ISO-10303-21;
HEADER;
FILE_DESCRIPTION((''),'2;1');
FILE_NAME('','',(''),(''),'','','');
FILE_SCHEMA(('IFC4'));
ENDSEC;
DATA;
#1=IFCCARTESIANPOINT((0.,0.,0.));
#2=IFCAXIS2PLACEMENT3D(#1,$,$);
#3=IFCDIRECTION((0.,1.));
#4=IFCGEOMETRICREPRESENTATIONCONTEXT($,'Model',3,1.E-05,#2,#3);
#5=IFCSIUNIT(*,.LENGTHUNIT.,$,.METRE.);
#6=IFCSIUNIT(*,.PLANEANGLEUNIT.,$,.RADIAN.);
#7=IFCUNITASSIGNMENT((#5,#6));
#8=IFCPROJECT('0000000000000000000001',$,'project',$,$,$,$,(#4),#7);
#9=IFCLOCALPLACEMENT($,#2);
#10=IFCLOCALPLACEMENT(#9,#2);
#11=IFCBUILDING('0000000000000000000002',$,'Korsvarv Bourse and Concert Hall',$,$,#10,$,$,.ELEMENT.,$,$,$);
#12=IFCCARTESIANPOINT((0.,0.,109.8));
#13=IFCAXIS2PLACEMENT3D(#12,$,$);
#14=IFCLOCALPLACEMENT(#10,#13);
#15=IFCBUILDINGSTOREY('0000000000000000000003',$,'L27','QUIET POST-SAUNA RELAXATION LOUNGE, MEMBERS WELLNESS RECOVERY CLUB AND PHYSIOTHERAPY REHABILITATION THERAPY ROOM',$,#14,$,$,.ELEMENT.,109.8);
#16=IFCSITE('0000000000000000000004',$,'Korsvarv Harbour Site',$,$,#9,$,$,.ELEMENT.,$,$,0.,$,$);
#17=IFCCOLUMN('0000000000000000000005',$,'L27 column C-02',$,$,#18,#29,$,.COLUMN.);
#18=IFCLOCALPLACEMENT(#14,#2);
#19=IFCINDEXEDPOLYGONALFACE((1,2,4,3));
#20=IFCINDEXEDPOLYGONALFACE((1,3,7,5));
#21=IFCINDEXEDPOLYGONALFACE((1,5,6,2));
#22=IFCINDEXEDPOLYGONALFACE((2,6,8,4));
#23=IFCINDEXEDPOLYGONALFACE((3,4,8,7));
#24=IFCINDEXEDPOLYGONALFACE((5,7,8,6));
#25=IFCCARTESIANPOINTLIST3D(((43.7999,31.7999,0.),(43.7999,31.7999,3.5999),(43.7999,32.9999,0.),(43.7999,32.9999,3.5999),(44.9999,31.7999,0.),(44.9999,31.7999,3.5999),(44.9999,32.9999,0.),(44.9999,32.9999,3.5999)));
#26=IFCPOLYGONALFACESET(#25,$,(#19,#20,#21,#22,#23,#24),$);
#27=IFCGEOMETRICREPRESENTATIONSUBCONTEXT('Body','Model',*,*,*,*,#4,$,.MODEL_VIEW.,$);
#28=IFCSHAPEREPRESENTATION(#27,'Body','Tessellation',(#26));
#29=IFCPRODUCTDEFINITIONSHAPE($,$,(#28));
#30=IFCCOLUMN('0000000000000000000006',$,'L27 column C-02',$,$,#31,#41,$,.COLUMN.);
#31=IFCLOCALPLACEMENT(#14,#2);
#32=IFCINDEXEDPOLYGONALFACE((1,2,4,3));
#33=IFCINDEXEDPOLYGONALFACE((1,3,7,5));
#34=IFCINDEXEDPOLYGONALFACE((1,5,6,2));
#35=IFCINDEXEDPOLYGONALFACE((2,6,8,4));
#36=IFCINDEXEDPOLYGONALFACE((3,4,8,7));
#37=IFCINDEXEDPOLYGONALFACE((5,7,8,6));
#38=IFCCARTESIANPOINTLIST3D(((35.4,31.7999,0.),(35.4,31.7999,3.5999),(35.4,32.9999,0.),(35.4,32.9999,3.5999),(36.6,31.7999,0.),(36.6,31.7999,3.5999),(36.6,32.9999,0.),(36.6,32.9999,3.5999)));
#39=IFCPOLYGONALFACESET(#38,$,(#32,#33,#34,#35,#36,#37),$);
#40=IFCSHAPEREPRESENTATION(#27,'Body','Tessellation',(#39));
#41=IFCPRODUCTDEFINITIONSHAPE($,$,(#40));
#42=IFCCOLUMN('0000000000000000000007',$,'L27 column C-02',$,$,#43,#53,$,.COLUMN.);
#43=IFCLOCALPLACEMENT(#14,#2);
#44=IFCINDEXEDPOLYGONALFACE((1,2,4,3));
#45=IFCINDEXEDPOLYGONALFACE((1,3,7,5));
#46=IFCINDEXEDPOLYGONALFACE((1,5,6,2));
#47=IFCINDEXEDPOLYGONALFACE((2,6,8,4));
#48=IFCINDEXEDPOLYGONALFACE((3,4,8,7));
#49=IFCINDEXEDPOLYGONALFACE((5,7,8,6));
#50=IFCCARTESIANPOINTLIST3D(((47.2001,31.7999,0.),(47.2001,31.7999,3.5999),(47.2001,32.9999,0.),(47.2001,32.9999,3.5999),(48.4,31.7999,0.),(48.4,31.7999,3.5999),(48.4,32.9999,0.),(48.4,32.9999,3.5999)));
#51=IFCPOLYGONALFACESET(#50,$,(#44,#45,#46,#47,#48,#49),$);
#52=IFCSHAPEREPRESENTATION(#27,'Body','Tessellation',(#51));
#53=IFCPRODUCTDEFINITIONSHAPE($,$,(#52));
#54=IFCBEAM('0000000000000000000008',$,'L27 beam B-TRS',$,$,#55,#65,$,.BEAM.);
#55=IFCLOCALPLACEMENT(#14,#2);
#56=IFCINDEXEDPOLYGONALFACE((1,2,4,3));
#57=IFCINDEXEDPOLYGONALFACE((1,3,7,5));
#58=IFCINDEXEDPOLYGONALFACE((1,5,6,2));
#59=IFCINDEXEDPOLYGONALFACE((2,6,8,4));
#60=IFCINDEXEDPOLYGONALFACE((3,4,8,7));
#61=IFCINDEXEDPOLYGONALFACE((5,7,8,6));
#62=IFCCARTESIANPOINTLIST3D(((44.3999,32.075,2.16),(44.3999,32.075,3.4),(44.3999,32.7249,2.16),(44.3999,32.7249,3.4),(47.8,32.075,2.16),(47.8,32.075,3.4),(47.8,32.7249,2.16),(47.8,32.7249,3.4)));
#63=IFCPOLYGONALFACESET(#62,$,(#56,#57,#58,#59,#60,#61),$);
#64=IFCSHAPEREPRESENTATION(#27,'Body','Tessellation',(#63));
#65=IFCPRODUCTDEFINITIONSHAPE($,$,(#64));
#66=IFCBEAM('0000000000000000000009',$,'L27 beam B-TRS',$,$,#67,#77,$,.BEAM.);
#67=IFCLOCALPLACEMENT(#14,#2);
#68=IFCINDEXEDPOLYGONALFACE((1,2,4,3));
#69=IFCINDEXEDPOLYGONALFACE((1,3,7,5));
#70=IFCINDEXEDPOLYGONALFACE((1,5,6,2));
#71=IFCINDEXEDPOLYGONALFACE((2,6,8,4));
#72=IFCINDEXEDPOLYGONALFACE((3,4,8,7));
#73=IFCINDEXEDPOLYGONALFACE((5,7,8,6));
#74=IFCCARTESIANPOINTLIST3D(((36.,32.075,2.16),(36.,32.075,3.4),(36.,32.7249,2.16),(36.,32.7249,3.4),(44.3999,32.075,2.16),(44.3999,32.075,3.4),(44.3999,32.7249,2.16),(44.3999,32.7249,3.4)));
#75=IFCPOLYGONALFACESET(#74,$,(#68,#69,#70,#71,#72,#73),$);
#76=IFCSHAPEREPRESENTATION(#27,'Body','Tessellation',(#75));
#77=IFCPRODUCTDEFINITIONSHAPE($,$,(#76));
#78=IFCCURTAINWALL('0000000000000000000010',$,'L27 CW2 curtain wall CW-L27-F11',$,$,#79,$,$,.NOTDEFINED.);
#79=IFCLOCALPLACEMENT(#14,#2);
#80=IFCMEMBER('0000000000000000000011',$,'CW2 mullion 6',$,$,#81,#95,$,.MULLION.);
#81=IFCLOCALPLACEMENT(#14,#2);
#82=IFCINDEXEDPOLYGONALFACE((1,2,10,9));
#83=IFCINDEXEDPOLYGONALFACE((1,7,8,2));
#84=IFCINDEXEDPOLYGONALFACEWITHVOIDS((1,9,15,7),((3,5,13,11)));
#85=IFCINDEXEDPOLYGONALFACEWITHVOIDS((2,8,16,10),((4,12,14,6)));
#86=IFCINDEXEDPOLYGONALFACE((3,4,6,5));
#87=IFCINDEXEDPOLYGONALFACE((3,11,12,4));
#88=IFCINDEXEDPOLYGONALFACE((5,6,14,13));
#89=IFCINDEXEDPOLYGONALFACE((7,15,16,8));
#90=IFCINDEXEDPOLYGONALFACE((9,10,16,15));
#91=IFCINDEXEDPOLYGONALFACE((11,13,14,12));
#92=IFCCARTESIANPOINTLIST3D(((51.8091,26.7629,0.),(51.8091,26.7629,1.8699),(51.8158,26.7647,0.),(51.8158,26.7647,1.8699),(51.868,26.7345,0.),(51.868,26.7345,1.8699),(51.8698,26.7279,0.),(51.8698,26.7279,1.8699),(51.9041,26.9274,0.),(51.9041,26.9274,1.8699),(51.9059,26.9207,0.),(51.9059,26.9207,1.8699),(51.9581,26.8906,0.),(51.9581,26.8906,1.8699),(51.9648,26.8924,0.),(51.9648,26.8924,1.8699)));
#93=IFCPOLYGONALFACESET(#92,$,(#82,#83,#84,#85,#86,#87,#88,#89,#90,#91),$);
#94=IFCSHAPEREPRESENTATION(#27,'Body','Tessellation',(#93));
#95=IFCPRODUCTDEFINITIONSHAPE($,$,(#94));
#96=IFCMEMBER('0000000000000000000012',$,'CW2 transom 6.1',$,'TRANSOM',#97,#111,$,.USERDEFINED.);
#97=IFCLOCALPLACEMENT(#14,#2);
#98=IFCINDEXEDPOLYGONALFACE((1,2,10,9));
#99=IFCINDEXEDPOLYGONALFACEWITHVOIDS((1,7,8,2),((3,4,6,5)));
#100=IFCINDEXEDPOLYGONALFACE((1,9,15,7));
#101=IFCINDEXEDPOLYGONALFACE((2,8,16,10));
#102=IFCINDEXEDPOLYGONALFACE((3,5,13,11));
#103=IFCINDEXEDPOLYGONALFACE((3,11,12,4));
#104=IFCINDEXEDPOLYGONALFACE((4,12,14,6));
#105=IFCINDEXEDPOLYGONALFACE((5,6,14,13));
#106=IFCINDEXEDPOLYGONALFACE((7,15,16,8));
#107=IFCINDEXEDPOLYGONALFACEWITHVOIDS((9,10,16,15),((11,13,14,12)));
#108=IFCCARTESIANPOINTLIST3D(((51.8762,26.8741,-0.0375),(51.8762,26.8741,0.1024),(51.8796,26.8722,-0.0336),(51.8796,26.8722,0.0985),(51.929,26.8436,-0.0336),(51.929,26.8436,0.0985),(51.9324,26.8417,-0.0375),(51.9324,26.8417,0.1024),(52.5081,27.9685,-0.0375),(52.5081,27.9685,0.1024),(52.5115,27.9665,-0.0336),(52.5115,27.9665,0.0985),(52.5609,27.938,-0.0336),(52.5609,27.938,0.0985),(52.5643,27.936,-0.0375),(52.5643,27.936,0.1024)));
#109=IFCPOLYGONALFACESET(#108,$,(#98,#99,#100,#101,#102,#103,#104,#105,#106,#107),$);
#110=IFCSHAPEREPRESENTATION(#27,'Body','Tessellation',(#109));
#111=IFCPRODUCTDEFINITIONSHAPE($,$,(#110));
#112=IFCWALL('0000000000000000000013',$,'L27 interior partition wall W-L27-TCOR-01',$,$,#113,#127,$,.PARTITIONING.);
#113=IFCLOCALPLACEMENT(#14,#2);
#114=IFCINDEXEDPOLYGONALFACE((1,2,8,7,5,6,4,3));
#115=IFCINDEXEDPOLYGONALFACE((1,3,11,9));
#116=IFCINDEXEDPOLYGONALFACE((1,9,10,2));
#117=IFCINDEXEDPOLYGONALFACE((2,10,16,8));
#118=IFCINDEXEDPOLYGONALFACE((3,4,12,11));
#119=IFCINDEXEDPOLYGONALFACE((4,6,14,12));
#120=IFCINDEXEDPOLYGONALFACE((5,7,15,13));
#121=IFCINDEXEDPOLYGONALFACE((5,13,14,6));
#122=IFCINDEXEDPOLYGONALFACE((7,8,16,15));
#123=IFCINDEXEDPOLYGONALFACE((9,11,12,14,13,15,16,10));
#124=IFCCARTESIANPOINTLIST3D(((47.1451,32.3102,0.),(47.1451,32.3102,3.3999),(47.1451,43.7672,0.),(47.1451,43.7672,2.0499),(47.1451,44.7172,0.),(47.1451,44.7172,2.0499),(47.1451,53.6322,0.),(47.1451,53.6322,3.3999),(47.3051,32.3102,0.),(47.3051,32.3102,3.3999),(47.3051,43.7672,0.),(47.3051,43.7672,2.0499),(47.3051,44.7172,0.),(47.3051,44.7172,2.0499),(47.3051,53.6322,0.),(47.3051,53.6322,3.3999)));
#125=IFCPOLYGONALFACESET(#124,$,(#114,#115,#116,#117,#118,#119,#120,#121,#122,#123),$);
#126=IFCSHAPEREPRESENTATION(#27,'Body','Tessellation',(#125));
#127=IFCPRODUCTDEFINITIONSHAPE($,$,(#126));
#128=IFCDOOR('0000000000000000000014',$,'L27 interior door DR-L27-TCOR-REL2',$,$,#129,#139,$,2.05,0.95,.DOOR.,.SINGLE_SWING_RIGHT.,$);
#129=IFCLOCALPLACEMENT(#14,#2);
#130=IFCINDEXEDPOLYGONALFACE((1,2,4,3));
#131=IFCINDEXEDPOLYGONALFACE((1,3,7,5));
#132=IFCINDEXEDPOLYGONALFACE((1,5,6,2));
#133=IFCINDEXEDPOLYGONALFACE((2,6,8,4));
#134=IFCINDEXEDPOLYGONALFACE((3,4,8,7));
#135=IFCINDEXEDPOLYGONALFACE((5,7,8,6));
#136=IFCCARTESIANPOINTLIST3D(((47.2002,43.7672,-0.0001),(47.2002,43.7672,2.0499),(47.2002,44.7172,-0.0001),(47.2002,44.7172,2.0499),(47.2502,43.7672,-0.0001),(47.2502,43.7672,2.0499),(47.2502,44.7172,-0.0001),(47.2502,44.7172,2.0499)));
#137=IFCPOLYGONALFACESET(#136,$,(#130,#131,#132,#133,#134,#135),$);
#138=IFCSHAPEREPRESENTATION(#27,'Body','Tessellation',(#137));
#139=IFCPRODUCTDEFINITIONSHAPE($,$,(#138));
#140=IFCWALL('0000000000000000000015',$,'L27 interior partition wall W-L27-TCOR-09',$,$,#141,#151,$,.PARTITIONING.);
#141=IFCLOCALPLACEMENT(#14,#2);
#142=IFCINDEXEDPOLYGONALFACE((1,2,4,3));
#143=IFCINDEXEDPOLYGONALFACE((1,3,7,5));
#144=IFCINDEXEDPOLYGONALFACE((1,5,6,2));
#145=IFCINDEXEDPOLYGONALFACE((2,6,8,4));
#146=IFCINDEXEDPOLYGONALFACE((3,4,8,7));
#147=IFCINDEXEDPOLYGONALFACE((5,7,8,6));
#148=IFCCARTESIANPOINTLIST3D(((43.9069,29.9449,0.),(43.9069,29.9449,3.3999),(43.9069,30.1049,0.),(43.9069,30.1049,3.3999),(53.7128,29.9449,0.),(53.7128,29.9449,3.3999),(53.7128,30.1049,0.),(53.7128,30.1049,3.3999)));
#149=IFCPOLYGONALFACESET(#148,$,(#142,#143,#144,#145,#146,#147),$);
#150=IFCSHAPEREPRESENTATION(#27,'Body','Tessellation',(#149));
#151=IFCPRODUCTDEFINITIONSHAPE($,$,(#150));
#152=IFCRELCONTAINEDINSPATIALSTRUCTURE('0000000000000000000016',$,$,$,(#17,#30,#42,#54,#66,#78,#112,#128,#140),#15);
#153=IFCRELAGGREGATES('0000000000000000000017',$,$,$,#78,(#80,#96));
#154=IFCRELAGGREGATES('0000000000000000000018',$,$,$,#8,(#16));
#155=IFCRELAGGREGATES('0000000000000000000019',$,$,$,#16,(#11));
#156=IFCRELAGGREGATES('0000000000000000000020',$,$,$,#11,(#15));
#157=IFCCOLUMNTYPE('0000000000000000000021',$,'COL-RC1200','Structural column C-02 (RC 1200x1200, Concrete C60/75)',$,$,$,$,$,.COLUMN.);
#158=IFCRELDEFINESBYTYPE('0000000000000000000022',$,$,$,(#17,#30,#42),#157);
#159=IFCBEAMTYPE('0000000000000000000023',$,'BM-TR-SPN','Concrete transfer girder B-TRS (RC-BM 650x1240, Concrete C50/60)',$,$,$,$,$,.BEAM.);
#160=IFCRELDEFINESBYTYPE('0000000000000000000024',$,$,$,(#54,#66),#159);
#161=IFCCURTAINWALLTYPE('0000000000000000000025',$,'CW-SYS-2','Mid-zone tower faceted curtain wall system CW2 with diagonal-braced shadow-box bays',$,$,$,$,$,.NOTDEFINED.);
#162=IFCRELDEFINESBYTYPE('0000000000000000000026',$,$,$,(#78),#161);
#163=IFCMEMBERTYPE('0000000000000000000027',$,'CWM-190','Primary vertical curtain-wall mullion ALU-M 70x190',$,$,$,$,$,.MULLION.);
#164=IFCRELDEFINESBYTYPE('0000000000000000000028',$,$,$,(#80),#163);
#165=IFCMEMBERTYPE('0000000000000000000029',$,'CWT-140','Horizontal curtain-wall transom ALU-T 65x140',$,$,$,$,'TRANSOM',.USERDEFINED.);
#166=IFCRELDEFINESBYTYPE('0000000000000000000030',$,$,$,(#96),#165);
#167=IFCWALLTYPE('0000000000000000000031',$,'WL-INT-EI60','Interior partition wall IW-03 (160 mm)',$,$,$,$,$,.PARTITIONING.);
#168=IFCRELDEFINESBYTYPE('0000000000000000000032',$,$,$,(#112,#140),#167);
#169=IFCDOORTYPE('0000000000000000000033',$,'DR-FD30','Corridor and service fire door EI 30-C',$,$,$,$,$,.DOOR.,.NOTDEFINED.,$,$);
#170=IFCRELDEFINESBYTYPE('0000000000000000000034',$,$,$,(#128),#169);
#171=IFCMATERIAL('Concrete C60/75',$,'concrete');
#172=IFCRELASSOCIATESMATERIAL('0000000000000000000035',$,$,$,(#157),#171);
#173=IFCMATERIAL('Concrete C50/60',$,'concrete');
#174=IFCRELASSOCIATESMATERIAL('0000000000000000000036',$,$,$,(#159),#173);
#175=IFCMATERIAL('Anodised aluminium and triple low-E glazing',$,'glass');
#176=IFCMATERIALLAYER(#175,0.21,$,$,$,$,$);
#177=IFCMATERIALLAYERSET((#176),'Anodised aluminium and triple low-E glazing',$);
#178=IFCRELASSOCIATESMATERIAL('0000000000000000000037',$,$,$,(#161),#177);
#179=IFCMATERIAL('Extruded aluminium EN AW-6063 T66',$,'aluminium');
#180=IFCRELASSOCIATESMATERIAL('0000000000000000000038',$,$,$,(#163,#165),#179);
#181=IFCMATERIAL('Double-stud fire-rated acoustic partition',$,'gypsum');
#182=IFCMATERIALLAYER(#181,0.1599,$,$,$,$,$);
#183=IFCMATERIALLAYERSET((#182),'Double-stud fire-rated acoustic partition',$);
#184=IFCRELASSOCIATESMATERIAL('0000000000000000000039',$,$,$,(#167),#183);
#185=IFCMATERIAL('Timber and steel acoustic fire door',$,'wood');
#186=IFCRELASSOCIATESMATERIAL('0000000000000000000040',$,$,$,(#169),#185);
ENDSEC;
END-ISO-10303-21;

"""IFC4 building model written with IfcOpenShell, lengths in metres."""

from ifc_helpers import new_model, si_unit, direction, frame, frame_2d, origin, origin_2d, place, context, subcontext, project, spatial, rectangle, hollow_rectangle, extrude, source, transform, mapped, material, layer, layer_set, material_profile, profile_set, type_object, element, fill, aggregate, save


model = new_model("IFC4")

# Units and contexts
model_context = context("Model", 3, precision=1e-05, world=origin(), true_north=direction((0.0, 1.0)))
body_context = subcontext(model_context, "Body", "Model", "MODEL_VIEW")
ifc_project = project(units=[si_unit("LENGTHUNIT", "METRE"), si_unit("PLANEANGLEUNIT", "RADIAN")], contexts=[model_context])

# Site, building, storey
site_placement = place(None, origin())
site = spatial("IfcSite", under=ifc_project, at=site_placement, Name="Korsvarv Harbour Site", CompositionType="ELEMENT", RefElevation=0.0)
building_placement = place(site_placement, origin())
building = spatial("IfcBuilding", under=site, at=building_placement, Name="Korsvarv Bourse and Concert Hall", CompositionType="ELEMENT")
storey_placement = place(building_placement, frame((0.0, 0.0, 109.8)))
storey = spatial("IfcBuildingStorey", under=building, at=storey_placement, Name="L27", Description="QUIET POST-SAUNA RELAXATION LOUNGE, MEMBERS WELLNESS RECOVERY CLUB AND PHYSIOTHERAPY REHABILITATION THERAPY ROOM", CompositionType="ELEMENT", Elevation=109.8)

# Columns
ifc_material_1 = material(Name="Concrete C60/75", Category="concrete")
ifc_material_profile_1 = material_profile(ifc_material_1, rectangle(XDim=1.2, YDim=1.2, at=origin_2d()), Name="RC 1200x1200")
ifc_profile_set_1 = profile_set([ifc_material_profile_1], Name="Concrete C60/75")
column_type = type_object("IfcColumnType", Name="COL-RC1200", Description="Structural column C-02 (RC 1200x1200, Concrete C60/75)", PredefinedType="COLUMN", material=ifc_profile_set_1)
shared_shape_1 = source(origin(), body_context, "Body", "SweptSolid", [
    extrude(rectangle(XDim=1.2, YDim=1.2, at=origin_2d()), origin(), (0.0, 0.0, 1.0), 3.5999),
])
for number, where, z_axis, x_axis, name in (
    (1, (44.3999, 32.3999, 0.0), (0.0, 0.0, 1.0), (1.0, 0.0, 0.0), "L27 column C-02"),
    (2, (36.0, 32.3999, 0.0), (0.0, 0.0, 1.0), (1.0, 0.0, 0.0), "L27 column C-02"),
    (3, (47.8, 32.3999, 0.0), (0.0, 0.0, 1.0), (1.0, 0.0, 0.0), "L27 column C-02"),
):
    element("IfcColumn", number, at=place(storey_placement, frame(where, z_axis=z_axis, x_axis=x_axis)), inside=storey, type_object=column_type, Name=name, PredefinedType="COLUMN", context=body_context, shape_type="MappedRepresentation", body=[
        mapped(shared_shape_1, transform((0.0, 0.0, 0.0), scale=1.0)),
    ])

# Beams
ifc_material_2 = material(Name="Concrete C50/60", Category="concrete")
ifc_material_profile_2 = material_profile(ifc_material_2, rectangle(XDim=0.6499, YDim=1.24, at=origin_2d()), Name="RC-BM 650x1240")
ifc_profile_set_2 = profile_set([ifc_material_profile_2], Name="Concrete C50/60")
beam_type = type_object("IfcBeamType", Name="BM-TR-SPN", Description="Concrete transfer girder B-TRS (RC-BM 650x1240, Concrete C50/60)", PredefinedType="BEAM", material=ifc_profile_set_2)
shared_shape_2 = source(origin(), body_context, "Body", "SweptSolid", [
    extrude(rectangle(XDim=0.6499, YDim=1.24, at=origin_2d()), origin(), (0.0, 0.0, 1.0), 3.4001),
])
beam_1_placement = place(storey_placement, frame((44.3999, 32.3999, 2.78), z_axis=(1.0, 0.0, 0.0), x_axis=(0.0, 1.0, 0.0)))
element("IfcBeam", 4, at=beam_1_placement, inside=storey, type_object=beam_type, Name="L27 beam B-TRS", PredefinedType="BEAM", context=body_context, shape_type="MappedRepresentation", body=[
    mapped(shared_shape_2, transform((0.0, 0.0, 0.0), scale=1.0)),
])
shared_shape_3 = source(origin(), body_context, "Body", "SweptSolid", [
    extrude(rectangle(XDim=0.6499, YDim=1.24, at=origin_2d()), origin(), (0.0, 0.0, 1.0), 8.3999),
])
beam_2_placement = place(storey_placement, frame((36.0, 32.3999, 2.78), z_axis=(1.0, 0.0, 0.0), x_axis=(0.0, 1.0, 0.0)))
element("IfcBeam", 5, at=beam_2_placement, inside=storey, type_object=beam_type, Name="L27 beam B-TRS", PredefinedType="BEAM", context=body_context, shape_type="MappedRepresentation", body=[
    mapped(shared_shape_3, transform((0.0, 0.0, 0.0), scale=1.0)),
])

# Curtain wall, members
ifc_material_3 = material(Name="Anodised aluminium and triple low-E glazing", Category="glass")
ifc_layer_1 = layer(ifc_material_3, 0.21)
ifc_layer_set_1 = layer_set([ifc_layer_1], Name="Anodised aluminium and triple low-E glazing")
curtain_wall_type = type_object("IfcCurtainWallType", Name="CW-SYS-2", Description="Mid-zone tower faceted curtain wall system CW2 with diagonal-braced shadow-box bays", PredefinedType="NOTDEFINED", material=ifc_layer_set_1)
curtain_wall_placement = place(storey_placement, origin())
curtain_wall = element("IfcCurtainWall", 6, at=curtain_wall_placement, inside=storey, type_object=curtain_wall_type, Name="L27 CW2 curtain wall CW-L27-F11", PredefinedType="NOTDEFINED")
ifc_material_4 = material(Name="Extruded aluminium EN AW-6063 T66", Category="aluminium")
ifc_material_profile_3 = material_profile(ifc_material_4, hollow_rectangle(XDim=0.0701, YDim=0.1899, WallThickness=0.0049, at=origin_2d()), Name="ALU-M 70x190")
ifc_profile_set_3 = profile_set([ifc_material_profile_3], Name="Extruded aluminium EN AW-6063 T66")
member_type_1 = type_object("IfcMemberType", Name="CWM-190", Description="Primary vertical curtain-wall mullion ALU-M 70x190", PredefinedType="MULLION", material=ifc_profile_set_3)
shared_shape_4 = source(origin(), body_context, "Body", "SweptSolid", [
    extrude(hollow_rectangle(XDim=0.0701, YDim=0.1899, WallThickness=0.0049, at=origin_2d()), origin(), (0.0, 0.0, 1.0), 1.8699),
])
member_1_placement = place(storey_placement, frame((51.887, 26.8276, 0.0), z_axis=(0.0, 0.0, 1.0), x_axis=(-0.866022, 0.500006, 0.0)))
member_1 = element("IfcMember", 7, at=member_1_placement, type_object=member_type_1, Name="CW2 mullion 6", PredefinedType="MULLION", context=body_context, shape_type="MappedRepresentation", body=[
    mapped(shared_shape_4, transform((0.0, 0.0, 0.0), scale=1.0)),
])
ifc_material_profile_4 = material_profile(ifc_material_4, hollow_rectangle(XDim=0.0649, YDim=0.1399, WallThickness=0.0039, at=origin_2d()), Name="ALU-T 65x140")
ifc_profile_set_4 = profile_set([ifc_material_profile_4], Name="Extruded aluminium EN AW-6063 T66")
member_type_2 = type_object("IfcMemberType", Name="CWT-140", Description="Horizontal curtain-wall transom ALU-T 65x140", ElementType="TRANSOM", PredefinedType="USERDEFINED", material=ifc_profile_set_4)
shared_shape_5 = source(origin(), body_context, "Body", "SweptSolid", [
    extrude(hollow_rectangle(XDim=0.0649, YDim=0.1399, WallThickness=0.0039, at=origin_2d()), origin(), (0.0, 0.0, 1.0), 1.2637),
])
member_2_placement = place(storey_placement, frame((51.9043, 26.8579, 0.0325), z_axis=(0.500046, 0.865999, 0.0), x_axis=(-0.865999, 0.500046, 0.0)))
member_2 = element("IfcMember", 8, at=member_2_placement, type_object=member_type_2, Name="CW2 transom 6.1", ObjectType="TRANSOM", PredefinedType="USERDEFINED", context=body_context, shape_type="MappedRepresentation", body=[
    mapped(shared_shape_5, transform((0.0, 0.0, 0.0), scale=1.0)),
])
aggregate(curtain_wall, [member_1, member_2])

# Wall, opening, door
ifc_material_5 = material(Name="Double-stud fire-rated acoustic partition", Category="gypsum")
ifc_layer_2 = layer(ifc_material_5, 0.1599)
ifc_layer_set_2 = layer_set([ifc_layer_2], Name="Double-stud fire-rated acoustic partition")
wall_type_1 = type_object("IfcWallType", Name="WL-INT-EI60", Description="Interior partition wall IW-03 (160 mm)", PredefinedType="PARTITIONING", material=ifc_layer_set_2)
wall_1_placement = place(storey_placement, frame((47.2251, 32.3101, 0.0), z_axis=(0.0, 0.0, 1.0), x_axis=(0.0, 1.0, 0.0)))
wall_1 = element("IfcWall", 9, at=wall_1_placement, inside=storey, type_object=wall_type_1, Name="L27 interior partition wall W-L27-TCOR-01", PredefinedType="PARTITIONING", context=body_context, shape_type="SweptSolid", body=[
    extrude(rectangle(XDim=21.322, YDim=0.1599, at=frame_2d((10.6611, 0.0))), origin(), (0.0, 0.0, 1.0), 3.3999),
])
opening_1_placement = place(wall_1_placement, frame((11.457, 0.0, 0.0)))
opening_1 = element("IfcOpeningElement", 10, at=opening_1_placement, cuts=wall_1, PredefinedType="OPENING", context=body_context, shape_type="SweptSolid", body=[
    extrude(rectangle(XDim=0.95, YDim=2.05, at=frame_2d((0.4751, 1.0249))), frame((0.0, 0.0898, 0.0), z_axis=(0.0, -1.0, 0.0), x_axis=(1.0, 0.0, 0.0)), (0.0, 0.0, 1.0), 0.1799),
])
ifc_material_6 = material(Name="Timber and steel acoustic fire door", Category="wood")
door_type = type_object("IfcDoorType", Name="DR-FD30", Description="Corridor and service fire door EI 30-C", OperationType="NOTDEFINED", PredefinedType="DOOR", material=ifc_material_6)
door_1_placement = place(opening_1_placement, origin())
door_1 = element("IfcDoor", 11, at=door_1_placement, inside=storey, type_object=door_type, Name="L27 interior door DR-L27-TCOR-REL2", OperationType="SINGLE_SWING_RIGHT", OverallHeight=2.05, OverallWidth=0.95, PredefinedType="DOOR", context=body_context, shape_type="SweptSolid", body=[
    extrude(rectangle(XDim=0.95, YDim=2.05, at=frame_2d((0.4751, 1.0249))), frame((0.0, 0.0249, 0.0), z_axis=(0.0, -1.0, 0.0), x_axis=(1.0, 0.0, 0.0)), (0.0, 0.0, 1.0), 0.05),
])
fill(opening_1, door_1)

# Wall
wall_2_placement = place(storey_placement, frame((43.907, 30.0249, 0.0), z_axis=(0.0, 0.0, 1.0), x_axis=(1.0, 0.0, 0.0)))
element("IfcWall", 12, at=wall_2_placement, inside=storey, type_object=wall_type_1, Name="L27 interior partition wall W-L27-TCOR-09", PredefinedType="PARTITIONING", context=body_context, shape_type="SweptSolid", body=[
    extrude(rectangle(XDim=9.8059, YDim=0.1599, at=frame_2d((4.9028, 0.0))), origin(), (0.0, 0.0, 1.0), 3.3999),
])

save(model, "model.ifc")
